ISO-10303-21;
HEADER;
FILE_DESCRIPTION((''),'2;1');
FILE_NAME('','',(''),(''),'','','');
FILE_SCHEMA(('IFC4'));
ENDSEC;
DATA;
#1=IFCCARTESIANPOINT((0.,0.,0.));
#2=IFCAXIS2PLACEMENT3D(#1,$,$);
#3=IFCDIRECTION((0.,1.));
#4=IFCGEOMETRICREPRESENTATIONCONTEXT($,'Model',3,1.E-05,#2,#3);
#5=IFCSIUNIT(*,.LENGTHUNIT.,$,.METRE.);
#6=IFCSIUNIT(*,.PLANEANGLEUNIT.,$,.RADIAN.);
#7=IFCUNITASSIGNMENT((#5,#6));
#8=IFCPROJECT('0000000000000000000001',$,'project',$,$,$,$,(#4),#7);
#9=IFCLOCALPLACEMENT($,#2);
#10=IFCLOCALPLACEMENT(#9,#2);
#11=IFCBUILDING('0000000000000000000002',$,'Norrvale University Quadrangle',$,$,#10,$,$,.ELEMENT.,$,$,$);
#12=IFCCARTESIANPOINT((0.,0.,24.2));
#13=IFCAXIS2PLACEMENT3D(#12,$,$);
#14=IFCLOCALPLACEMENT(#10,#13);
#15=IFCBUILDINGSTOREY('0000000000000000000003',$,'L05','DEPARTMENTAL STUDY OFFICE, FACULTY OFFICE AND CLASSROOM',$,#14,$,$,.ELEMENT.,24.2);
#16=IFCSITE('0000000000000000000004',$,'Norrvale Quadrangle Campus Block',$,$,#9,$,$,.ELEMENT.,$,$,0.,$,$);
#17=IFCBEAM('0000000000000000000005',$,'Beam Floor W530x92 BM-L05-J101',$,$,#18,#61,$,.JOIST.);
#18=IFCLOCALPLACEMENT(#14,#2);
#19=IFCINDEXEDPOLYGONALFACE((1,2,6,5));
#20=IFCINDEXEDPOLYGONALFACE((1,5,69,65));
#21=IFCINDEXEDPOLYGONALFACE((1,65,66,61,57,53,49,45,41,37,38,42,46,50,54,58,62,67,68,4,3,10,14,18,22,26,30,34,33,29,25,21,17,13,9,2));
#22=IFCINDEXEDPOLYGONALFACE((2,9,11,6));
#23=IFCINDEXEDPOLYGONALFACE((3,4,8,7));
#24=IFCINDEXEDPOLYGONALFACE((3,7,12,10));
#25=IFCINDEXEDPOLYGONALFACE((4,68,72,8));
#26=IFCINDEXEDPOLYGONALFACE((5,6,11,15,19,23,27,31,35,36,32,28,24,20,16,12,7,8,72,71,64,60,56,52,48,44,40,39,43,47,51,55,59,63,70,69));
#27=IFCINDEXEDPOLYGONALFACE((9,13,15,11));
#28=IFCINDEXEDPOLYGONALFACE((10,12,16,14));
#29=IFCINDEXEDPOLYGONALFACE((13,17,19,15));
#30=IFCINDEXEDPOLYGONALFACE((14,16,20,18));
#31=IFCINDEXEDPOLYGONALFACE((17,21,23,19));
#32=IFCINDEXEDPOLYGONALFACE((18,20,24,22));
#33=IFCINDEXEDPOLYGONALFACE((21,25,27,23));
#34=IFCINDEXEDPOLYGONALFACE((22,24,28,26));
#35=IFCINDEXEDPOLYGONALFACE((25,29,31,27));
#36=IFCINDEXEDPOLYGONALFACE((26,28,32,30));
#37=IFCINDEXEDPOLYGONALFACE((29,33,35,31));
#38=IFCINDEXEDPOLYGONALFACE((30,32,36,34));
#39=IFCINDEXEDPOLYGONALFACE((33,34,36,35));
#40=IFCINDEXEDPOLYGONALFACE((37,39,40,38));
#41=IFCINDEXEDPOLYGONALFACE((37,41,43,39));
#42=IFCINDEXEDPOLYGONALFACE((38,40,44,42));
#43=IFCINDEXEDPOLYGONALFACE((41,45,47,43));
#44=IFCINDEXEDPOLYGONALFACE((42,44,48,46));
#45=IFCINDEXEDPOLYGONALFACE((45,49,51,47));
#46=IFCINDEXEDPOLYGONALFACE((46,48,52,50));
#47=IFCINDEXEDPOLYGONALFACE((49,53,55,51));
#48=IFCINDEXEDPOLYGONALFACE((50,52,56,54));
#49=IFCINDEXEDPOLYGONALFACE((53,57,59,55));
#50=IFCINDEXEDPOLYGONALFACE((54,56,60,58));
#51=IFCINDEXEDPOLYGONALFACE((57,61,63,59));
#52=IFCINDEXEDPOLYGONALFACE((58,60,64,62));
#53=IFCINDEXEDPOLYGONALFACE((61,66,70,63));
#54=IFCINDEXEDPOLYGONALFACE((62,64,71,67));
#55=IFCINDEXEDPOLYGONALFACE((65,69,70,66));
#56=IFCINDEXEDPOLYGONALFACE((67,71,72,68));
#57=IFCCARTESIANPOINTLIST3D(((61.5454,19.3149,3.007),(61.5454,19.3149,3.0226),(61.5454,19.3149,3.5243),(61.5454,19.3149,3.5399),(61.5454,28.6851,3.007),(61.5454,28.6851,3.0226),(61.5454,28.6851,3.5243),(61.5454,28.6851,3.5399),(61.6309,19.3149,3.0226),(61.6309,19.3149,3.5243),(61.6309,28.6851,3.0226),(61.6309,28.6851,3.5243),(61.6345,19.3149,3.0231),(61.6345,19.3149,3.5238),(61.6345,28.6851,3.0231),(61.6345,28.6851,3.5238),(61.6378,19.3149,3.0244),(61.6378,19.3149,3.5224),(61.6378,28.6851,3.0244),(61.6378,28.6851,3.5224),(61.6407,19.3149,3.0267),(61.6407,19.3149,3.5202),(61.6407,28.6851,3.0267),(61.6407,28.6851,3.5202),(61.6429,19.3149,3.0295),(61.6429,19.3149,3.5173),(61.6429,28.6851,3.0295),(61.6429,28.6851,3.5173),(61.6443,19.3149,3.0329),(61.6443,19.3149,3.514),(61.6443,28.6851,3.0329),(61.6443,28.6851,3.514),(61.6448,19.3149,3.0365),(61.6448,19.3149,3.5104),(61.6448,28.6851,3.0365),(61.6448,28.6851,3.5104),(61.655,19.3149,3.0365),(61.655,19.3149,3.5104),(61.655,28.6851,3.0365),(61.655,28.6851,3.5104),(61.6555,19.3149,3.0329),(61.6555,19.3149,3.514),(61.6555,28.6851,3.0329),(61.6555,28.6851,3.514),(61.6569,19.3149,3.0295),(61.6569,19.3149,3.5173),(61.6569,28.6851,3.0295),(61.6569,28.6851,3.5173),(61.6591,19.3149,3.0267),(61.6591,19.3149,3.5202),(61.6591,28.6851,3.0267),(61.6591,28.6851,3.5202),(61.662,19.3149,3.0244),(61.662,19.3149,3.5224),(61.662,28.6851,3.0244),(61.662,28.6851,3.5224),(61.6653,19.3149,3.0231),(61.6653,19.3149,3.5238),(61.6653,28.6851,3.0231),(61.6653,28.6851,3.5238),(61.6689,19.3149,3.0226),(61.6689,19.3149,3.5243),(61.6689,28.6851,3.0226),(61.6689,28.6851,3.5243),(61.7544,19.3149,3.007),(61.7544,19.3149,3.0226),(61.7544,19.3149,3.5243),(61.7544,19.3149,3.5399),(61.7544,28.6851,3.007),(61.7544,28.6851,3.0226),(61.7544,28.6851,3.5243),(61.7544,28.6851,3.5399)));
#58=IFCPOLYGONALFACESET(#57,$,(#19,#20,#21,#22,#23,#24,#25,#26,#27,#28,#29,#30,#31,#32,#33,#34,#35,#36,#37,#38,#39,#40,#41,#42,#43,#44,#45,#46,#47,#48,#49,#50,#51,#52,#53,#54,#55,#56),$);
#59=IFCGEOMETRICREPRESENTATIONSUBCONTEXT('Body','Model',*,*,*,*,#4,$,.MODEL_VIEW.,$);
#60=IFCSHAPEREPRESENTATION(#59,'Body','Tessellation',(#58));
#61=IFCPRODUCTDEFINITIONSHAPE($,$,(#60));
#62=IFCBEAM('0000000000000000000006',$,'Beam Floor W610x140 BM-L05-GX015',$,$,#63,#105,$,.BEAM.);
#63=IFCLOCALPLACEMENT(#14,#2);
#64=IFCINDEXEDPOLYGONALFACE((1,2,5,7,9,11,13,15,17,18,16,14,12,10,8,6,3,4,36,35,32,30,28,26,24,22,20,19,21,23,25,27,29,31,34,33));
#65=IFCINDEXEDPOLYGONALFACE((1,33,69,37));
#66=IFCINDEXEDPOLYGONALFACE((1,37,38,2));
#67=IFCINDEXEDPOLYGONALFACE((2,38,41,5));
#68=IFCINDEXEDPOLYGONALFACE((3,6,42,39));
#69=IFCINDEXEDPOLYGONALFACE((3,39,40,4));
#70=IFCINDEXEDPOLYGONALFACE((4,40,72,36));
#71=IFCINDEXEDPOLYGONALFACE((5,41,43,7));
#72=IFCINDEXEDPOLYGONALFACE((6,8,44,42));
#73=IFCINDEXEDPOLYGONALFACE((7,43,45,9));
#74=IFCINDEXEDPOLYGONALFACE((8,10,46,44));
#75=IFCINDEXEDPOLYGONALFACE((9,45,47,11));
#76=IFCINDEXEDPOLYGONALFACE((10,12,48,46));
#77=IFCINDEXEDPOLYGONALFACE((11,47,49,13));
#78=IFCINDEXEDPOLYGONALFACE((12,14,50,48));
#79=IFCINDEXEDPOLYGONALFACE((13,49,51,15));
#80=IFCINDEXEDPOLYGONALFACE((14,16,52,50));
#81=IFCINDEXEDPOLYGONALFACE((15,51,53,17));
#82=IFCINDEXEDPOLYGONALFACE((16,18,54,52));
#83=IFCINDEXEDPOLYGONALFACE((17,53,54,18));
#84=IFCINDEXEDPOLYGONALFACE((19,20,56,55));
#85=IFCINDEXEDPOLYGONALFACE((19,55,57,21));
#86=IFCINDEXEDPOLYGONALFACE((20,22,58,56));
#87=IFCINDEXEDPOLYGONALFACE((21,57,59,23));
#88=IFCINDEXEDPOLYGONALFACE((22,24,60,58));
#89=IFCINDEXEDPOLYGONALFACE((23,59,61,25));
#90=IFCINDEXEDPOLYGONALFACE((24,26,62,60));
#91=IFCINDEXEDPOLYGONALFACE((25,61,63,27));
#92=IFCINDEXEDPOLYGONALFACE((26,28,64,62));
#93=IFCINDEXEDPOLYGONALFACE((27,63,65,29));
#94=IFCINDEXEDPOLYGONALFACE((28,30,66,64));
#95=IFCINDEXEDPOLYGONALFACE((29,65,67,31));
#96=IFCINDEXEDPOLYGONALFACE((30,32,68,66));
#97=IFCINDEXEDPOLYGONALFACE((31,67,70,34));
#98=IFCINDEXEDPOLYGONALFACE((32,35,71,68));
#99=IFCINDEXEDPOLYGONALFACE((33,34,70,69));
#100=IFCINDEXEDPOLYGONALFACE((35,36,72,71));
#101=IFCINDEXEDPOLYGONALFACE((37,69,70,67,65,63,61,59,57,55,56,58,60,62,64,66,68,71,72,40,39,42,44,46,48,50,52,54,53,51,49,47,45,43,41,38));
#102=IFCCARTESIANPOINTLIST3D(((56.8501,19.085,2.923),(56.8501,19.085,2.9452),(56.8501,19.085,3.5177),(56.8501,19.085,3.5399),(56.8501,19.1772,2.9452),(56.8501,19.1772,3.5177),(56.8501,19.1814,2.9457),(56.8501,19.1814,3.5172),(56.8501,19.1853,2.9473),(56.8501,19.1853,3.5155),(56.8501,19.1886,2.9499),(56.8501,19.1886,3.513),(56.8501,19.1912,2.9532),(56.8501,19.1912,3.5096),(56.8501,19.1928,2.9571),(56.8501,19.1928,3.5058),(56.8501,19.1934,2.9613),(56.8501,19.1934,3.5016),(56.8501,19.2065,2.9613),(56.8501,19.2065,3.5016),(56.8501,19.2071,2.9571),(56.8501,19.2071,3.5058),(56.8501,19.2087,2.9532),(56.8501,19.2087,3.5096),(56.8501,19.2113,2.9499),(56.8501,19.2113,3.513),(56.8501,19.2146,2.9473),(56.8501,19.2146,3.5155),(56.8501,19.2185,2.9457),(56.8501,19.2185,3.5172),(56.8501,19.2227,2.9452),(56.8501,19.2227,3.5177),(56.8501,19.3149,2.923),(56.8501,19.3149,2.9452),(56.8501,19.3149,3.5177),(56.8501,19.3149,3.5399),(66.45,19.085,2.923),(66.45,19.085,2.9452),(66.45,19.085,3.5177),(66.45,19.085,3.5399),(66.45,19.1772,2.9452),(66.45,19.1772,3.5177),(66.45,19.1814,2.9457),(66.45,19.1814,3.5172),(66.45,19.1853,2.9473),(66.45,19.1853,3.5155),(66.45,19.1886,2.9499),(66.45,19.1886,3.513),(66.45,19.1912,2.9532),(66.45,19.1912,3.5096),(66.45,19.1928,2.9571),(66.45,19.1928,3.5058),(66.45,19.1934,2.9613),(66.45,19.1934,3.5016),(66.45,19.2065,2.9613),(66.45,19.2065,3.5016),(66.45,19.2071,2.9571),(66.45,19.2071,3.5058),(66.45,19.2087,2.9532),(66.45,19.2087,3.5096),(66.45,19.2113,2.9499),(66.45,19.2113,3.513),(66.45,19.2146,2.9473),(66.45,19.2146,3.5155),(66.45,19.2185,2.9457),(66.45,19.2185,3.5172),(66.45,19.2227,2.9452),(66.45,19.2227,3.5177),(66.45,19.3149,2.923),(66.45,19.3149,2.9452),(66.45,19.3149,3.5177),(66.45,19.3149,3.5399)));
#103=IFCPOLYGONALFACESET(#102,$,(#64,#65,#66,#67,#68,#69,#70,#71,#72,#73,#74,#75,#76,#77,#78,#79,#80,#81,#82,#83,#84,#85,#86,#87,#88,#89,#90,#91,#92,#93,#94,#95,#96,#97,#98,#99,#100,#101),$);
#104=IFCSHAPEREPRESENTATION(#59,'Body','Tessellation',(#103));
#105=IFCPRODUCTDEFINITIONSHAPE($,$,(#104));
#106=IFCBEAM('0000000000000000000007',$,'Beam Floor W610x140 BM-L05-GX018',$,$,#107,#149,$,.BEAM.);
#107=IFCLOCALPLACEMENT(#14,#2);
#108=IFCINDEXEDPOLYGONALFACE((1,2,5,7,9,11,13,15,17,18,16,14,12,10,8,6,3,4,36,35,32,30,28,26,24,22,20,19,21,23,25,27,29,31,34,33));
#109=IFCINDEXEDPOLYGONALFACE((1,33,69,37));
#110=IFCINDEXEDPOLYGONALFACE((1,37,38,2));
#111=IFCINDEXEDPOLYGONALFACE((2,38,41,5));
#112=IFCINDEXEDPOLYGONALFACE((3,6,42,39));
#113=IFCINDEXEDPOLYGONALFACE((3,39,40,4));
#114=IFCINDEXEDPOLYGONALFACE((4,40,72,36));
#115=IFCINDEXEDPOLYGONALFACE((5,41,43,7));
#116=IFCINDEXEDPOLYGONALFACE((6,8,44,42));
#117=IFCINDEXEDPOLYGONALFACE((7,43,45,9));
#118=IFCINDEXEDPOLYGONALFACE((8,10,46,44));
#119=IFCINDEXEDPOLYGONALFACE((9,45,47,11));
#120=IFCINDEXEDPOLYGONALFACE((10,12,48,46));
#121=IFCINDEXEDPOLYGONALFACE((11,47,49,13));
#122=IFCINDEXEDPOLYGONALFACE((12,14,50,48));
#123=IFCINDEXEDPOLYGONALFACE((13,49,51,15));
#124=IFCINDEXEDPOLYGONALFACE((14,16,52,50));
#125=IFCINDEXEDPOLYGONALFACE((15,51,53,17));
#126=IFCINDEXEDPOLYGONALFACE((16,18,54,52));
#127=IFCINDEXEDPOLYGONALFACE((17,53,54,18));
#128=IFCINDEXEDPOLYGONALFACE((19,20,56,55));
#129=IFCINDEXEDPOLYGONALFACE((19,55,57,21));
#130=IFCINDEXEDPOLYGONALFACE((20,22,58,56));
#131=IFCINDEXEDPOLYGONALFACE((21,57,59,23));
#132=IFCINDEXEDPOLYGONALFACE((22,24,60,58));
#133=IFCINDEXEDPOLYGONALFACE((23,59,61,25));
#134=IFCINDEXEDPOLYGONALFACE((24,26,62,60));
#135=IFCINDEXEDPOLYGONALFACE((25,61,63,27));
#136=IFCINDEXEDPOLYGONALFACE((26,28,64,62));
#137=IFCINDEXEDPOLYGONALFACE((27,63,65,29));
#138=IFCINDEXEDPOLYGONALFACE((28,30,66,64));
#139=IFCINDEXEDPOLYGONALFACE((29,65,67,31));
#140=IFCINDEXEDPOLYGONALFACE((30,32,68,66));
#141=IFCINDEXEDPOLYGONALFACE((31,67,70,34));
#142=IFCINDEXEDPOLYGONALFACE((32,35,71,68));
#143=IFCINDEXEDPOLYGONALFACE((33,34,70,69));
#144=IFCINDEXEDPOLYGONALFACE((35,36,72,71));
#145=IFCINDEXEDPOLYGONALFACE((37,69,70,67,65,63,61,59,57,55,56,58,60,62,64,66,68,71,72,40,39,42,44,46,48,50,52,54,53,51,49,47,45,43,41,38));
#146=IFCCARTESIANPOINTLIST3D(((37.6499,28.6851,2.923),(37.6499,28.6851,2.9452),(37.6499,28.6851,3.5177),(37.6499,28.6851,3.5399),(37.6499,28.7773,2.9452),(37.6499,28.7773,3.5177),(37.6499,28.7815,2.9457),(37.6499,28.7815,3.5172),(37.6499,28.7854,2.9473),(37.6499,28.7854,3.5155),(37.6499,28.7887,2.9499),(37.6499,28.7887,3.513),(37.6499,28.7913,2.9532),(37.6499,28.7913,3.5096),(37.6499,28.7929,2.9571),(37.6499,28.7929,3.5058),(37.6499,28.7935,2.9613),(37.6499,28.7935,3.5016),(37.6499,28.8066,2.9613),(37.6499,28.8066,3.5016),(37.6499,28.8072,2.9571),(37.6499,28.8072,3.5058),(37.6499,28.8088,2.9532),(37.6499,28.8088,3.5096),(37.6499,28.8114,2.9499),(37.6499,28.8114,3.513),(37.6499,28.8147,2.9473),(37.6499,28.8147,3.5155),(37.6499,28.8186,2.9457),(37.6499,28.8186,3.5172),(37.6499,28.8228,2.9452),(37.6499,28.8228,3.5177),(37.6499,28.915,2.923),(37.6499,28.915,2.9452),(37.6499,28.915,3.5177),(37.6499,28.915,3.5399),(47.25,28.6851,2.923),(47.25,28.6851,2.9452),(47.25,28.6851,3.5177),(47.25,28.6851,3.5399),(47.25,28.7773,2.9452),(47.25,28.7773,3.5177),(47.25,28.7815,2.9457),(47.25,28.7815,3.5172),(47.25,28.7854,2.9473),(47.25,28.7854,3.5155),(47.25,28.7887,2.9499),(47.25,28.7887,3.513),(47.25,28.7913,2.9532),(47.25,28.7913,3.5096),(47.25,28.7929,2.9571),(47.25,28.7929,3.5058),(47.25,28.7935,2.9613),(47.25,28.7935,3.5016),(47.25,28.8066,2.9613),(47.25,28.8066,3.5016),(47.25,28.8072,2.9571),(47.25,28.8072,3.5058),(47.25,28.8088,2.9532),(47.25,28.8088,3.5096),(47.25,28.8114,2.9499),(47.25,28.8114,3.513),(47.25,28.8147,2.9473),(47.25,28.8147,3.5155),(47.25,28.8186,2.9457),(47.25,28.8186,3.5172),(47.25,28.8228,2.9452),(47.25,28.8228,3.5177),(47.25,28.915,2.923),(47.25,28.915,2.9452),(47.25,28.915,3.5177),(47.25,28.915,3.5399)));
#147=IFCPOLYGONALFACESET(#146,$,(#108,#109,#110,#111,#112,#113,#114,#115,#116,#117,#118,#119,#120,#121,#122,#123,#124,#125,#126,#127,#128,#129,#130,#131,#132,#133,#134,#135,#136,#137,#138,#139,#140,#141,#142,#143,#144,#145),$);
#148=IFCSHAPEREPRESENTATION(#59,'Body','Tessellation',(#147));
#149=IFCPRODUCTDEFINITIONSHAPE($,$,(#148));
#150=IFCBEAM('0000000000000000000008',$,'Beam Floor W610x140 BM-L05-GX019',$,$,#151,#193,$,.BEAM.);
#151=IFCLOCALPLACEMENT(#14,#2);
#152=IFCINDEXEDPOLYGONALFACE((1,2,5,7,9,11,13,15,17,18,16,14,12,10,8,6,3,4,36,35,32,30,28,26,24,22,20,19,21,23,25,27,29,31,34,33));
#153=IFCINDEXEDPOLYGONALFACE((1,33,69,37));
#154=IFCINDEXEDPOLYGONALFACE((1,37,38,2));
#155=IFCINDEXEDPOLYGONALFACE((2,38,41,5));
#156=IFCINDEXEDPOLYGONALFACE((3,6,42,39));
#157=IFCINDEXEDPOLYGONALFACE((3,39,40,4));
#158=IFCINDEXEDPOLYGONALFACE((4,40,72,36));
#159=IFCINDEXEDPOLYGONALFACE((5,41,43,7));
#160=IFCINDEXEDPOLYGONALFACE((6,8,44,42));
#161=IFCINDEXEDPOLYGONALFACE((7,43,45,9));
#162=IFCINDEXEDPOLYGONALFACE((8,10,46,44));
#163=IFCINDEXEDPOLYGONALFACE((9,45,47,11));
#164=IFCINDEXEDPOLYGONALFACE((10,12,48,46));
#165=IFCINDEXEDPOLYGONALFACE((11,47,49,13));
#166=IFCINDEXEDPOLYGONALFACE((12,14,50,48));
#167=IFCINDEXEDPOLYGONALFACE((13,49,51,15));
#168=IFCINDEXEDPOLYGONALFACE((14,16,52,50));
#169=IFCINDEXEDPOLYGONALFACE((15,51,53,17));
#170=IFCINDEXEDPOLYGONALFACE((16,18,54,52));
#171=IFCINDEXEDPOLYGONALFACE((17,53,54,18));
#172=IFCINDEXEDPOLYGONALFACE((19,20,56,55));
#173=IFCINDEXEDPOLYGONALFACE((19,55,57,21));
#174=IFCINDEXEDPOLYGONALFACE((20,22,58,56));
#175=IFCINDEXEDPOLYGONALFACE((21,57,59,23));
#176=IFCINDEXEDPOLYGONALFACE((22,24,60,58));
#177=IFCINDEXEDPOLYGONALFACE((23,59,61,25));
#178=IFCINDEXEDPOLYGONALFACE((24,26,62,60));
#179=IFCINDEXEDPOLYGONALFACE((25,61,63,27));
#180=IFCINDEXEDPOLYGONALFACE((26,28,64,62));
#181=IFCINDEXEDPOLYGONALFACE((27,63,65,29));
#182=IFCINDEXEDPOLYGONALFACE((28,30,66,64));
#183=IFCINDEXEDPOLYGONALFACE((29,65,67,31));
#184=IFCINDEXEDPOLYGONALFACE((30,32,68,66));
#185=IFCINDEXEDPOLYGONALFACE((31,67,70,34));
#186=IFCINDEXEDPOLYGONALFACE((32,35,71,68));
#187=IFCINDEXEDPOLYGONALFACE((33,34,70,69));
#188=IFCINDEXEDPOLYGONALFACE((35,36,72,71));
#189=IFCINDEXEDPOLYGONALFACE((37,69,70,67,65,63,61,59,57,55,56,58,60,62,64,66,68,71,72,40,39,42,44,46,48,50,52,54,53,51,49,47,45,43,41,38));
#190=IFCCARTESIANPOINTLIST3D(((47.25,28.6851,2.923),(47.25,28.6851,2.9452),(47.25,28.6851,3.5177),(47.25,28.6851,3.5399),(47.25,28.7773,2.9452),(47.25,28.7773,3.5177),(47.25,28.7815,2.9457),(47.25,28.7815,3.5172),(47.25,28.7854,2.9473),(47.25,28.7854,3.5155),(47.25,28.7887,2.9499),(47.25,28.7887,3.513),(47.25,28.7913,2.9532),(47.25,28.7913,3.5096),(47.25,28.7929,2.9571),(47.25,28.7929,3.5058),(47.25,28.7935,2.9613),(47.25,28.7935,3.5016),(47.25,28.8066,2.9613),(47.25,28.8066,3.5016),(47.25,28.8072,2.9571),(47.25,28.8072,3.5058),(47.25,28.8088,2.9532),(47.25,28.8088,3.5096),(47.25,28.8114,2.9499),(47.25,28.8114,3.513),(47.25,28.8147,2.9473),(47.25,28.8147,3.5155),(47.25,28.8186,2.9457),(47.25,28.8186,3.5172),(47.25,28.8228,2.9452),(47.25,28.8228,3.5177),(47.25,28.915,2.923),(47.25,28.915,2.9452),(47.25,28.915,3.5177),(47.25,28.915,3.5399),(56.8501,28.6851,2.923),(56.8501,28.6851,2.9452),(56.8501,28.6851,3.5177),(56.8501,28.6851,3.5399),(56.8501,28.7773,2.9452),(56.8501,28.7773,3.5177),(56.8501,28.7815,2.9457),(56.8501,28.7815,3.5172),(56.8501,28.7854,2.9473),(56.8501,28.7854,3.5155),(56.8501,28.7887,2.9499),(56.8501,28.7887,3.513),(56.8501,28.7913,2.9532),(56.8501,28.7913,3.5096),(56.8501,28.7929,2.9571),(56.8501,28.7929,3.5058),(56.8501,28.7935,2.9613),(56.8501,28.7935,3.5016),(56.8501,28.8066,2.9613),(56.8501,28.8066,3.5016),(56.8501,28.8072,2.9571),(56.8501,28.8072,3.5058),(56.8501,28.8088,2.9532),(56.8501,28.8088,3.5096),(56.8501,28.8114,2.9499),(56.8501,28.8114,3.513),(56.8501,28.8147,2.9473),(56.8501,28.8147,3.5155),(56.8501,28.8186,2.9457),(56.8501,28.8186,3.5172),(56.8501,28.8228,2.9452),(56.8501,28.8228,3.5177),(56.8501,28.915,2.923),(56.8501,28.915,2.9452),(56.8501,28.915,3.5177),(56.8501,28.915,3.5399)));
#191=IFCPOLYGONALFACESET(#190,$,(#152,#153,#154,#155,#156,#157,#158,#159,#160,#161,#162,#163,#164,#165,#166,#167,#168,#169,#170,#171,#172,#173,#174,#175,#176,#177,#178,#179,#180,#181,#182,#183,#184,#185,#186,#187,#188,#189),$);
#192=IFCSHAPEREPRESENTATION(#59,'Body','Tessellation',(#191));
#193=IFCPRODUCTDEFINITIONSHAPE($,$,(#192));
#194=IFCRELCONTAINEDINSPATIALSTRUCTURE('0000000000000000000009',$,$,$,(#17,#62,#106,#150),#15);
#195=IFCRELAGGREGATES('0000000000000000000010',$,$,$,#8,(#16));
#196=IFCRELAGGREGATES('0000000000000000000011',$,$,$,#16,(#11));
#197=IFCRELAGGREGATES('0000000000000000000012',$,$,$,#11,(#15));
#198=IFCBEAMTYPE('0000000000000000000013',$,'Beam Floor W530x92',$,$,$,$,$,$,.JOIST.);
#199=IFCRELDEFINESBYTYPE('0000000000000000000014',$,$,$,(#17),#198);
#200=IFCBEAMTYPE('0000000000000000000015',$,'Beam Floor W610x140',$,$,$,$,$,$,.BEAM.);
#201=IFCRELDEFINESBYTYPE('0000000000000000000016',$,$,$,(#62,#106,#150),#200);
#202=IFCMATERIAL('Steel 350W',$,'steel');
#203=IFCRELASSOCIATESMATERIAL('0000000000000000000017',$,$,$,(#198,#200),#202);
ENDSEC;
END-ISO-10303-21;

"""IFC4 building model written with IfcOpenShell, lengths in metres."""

from ifc_helpers import new_model, si_unit, direction, frame, origin, origin_2d, place, context, subcontext, project, spatial, i_section, extrude, material, material_profile, profile_set, type_object, element, save


model = new_model("IFC4")

# Units and contexts
model_context = context("Model", 3, precision=1e-05, world=origin(), true_north=direction((0.0, 1.0)))
body_context = subcontext(model_context, "Body", "Model", "MODEL_VIEW")
ifc_project = project(units=[si_unit("LENGTHUNIT", "METRE"), si_unit("PLANEANGLEUNIT", "RADIAN")], contexts=[model_context])

# Site, building, storey
site_placement = place(None, origin())
site = spatial("IfcSite", under=ifc_project, at=site_placement, Name="Norrvale Quadrangle Campus Block", CompositionType="ELEMENT", RefElevation=0.0)
building_placement = place(site_placement, origin())
building = spatial("IfcBuilding", under=site, at=building_placement, Name="Norrvale University Quadrangle", CompositionType="ELEMENT")
storey_placement = place(building_placement, frame((0.0, 0.0, 24.2)))
storey = spatial("IfcBuildingStorey", under=building, at=storey_placement, Name="L05", Description="DEPARTMENTAL STUDY OFFICE, FACULTY OFFICE AND CLASSROOM", CompositionType="ELEMENT", Elevation=24.2)

# Beams
ifc_material_1 = material(Name="Steel 350W", Category="steel")
ifc_material_profile_1 = material_profile(ifc_material_1, i_section(OverallWidth=0.209, OverallDepth=0.533, WebThickness=0.0103, FlangeThickness=0.0156, FilletRadius=0.0139, at=origin_2d()), Name="Steel 350W")
ifc_profile_set_1 = profile_set([ifc_material_profile_1], Name="Steel 350W")
beam_type_1 = type_object("IfcBeamType", Name="Beam Floor W530x92", PredefinedType="JOIST", material=ifc_profile_set_1)
beam_1_placement = place(storey_placement, frame((61.6499, 19.3149, 3.2734), z_axis=(0.0, 1.0, 0.0), x_axis=(-1.0, 0.0, 0.0)))
element("IfcBeam", 1, at=beam_1_placement, inside=storey, type_object=beam_type_1, Name="Beam Floor W530x92 BM-L05-J101", PredefinedType="JOIST", context=body_context, shape_type="SweptSolid", body=[
    extrude(i_section(OverallWidth=0.209, OverallDepth=0.533, WebThickness=0.0103, FlangeThickness=0.0156, FilletRadius=0.0139, at=origin_2d()), origin(), (0.0, 0.0, 1.0), 9.3701),
])
ifc_material_profile_2 = material_profile(ifc_material_1, i_section(OverallWidth=0.23, OverallDepth=0.6169, WebThickness=0.0132, FlangeThickness=0.0222, FilletRadius=0.0161, at=origin_2d()), Name="Steel 350W")
ifc_profile_set_2 = profile_set([ifc_material_profile_2], Name="Steel 350W")
beam_type_2 = type_object("IfcBeamType", Name="Beam Floor W610x140", PredefinedType="BEAM", material=ifc_profile_set_2)
beam_2_placement = place(storey_placement, frame((56.8501, 19.2, 3.2314), z_axis=(1.0, 0.0, 0.0), x_axis=(0.0, 1.0, 0.0)))
element("IfcBeam", 2, at=beam_2_placement, inside=storey, type_object=beam_type_2, Name="Beam Floor W610x140 BM-L05-GX015", PredefinedType="BEAM", context=body_context, shape_type="SweptSolid", body=[
    extrude(i_section(OverallWidth=0.23, OverallDepth=0.6169, WebThickness=0.0132, FlangeThickness=0.0222, FilletRadius=0.0161, at=origin_2d()), origin(), (0.0, 0.0, 1.0), 9.5999),
])
for number, where, z_axis, x_axis, name in (
    (3, (37.6499, 28.8, 3.2314), (1.0, 0.0, 0.0), (0.0, 1.0, 0.0), "Beam Floor W610x140 BM-L05-GX018"),
    (4, (47.25, 28.8, 3.2314), (1.0, 0.0, 0.0), (0.0, 1.0, 0.0), "Beam Floor W610x140 BM-L05-GX019"),
):
    element("IfcBeam", number, at=place(storey_placement, frame(where, z_axis=z_axis, x_axis=x_axis)), inside=storey, type_object=beam_type_2, Name=name, PredefinedType="BEAM", context=body_context, shape_type="SweptSolid", body=[
        extrude(i_section(OverallWidth=0.23, OverallDepth=0.6169, WebThickness=0.0132, FlangeThickness=0.0222, FilletRadius=0.0161, at=origin_2d()), origin(), (0.0, 0.0, 1.0), 9.6001),
    ])

save(model, "model.ifc")
